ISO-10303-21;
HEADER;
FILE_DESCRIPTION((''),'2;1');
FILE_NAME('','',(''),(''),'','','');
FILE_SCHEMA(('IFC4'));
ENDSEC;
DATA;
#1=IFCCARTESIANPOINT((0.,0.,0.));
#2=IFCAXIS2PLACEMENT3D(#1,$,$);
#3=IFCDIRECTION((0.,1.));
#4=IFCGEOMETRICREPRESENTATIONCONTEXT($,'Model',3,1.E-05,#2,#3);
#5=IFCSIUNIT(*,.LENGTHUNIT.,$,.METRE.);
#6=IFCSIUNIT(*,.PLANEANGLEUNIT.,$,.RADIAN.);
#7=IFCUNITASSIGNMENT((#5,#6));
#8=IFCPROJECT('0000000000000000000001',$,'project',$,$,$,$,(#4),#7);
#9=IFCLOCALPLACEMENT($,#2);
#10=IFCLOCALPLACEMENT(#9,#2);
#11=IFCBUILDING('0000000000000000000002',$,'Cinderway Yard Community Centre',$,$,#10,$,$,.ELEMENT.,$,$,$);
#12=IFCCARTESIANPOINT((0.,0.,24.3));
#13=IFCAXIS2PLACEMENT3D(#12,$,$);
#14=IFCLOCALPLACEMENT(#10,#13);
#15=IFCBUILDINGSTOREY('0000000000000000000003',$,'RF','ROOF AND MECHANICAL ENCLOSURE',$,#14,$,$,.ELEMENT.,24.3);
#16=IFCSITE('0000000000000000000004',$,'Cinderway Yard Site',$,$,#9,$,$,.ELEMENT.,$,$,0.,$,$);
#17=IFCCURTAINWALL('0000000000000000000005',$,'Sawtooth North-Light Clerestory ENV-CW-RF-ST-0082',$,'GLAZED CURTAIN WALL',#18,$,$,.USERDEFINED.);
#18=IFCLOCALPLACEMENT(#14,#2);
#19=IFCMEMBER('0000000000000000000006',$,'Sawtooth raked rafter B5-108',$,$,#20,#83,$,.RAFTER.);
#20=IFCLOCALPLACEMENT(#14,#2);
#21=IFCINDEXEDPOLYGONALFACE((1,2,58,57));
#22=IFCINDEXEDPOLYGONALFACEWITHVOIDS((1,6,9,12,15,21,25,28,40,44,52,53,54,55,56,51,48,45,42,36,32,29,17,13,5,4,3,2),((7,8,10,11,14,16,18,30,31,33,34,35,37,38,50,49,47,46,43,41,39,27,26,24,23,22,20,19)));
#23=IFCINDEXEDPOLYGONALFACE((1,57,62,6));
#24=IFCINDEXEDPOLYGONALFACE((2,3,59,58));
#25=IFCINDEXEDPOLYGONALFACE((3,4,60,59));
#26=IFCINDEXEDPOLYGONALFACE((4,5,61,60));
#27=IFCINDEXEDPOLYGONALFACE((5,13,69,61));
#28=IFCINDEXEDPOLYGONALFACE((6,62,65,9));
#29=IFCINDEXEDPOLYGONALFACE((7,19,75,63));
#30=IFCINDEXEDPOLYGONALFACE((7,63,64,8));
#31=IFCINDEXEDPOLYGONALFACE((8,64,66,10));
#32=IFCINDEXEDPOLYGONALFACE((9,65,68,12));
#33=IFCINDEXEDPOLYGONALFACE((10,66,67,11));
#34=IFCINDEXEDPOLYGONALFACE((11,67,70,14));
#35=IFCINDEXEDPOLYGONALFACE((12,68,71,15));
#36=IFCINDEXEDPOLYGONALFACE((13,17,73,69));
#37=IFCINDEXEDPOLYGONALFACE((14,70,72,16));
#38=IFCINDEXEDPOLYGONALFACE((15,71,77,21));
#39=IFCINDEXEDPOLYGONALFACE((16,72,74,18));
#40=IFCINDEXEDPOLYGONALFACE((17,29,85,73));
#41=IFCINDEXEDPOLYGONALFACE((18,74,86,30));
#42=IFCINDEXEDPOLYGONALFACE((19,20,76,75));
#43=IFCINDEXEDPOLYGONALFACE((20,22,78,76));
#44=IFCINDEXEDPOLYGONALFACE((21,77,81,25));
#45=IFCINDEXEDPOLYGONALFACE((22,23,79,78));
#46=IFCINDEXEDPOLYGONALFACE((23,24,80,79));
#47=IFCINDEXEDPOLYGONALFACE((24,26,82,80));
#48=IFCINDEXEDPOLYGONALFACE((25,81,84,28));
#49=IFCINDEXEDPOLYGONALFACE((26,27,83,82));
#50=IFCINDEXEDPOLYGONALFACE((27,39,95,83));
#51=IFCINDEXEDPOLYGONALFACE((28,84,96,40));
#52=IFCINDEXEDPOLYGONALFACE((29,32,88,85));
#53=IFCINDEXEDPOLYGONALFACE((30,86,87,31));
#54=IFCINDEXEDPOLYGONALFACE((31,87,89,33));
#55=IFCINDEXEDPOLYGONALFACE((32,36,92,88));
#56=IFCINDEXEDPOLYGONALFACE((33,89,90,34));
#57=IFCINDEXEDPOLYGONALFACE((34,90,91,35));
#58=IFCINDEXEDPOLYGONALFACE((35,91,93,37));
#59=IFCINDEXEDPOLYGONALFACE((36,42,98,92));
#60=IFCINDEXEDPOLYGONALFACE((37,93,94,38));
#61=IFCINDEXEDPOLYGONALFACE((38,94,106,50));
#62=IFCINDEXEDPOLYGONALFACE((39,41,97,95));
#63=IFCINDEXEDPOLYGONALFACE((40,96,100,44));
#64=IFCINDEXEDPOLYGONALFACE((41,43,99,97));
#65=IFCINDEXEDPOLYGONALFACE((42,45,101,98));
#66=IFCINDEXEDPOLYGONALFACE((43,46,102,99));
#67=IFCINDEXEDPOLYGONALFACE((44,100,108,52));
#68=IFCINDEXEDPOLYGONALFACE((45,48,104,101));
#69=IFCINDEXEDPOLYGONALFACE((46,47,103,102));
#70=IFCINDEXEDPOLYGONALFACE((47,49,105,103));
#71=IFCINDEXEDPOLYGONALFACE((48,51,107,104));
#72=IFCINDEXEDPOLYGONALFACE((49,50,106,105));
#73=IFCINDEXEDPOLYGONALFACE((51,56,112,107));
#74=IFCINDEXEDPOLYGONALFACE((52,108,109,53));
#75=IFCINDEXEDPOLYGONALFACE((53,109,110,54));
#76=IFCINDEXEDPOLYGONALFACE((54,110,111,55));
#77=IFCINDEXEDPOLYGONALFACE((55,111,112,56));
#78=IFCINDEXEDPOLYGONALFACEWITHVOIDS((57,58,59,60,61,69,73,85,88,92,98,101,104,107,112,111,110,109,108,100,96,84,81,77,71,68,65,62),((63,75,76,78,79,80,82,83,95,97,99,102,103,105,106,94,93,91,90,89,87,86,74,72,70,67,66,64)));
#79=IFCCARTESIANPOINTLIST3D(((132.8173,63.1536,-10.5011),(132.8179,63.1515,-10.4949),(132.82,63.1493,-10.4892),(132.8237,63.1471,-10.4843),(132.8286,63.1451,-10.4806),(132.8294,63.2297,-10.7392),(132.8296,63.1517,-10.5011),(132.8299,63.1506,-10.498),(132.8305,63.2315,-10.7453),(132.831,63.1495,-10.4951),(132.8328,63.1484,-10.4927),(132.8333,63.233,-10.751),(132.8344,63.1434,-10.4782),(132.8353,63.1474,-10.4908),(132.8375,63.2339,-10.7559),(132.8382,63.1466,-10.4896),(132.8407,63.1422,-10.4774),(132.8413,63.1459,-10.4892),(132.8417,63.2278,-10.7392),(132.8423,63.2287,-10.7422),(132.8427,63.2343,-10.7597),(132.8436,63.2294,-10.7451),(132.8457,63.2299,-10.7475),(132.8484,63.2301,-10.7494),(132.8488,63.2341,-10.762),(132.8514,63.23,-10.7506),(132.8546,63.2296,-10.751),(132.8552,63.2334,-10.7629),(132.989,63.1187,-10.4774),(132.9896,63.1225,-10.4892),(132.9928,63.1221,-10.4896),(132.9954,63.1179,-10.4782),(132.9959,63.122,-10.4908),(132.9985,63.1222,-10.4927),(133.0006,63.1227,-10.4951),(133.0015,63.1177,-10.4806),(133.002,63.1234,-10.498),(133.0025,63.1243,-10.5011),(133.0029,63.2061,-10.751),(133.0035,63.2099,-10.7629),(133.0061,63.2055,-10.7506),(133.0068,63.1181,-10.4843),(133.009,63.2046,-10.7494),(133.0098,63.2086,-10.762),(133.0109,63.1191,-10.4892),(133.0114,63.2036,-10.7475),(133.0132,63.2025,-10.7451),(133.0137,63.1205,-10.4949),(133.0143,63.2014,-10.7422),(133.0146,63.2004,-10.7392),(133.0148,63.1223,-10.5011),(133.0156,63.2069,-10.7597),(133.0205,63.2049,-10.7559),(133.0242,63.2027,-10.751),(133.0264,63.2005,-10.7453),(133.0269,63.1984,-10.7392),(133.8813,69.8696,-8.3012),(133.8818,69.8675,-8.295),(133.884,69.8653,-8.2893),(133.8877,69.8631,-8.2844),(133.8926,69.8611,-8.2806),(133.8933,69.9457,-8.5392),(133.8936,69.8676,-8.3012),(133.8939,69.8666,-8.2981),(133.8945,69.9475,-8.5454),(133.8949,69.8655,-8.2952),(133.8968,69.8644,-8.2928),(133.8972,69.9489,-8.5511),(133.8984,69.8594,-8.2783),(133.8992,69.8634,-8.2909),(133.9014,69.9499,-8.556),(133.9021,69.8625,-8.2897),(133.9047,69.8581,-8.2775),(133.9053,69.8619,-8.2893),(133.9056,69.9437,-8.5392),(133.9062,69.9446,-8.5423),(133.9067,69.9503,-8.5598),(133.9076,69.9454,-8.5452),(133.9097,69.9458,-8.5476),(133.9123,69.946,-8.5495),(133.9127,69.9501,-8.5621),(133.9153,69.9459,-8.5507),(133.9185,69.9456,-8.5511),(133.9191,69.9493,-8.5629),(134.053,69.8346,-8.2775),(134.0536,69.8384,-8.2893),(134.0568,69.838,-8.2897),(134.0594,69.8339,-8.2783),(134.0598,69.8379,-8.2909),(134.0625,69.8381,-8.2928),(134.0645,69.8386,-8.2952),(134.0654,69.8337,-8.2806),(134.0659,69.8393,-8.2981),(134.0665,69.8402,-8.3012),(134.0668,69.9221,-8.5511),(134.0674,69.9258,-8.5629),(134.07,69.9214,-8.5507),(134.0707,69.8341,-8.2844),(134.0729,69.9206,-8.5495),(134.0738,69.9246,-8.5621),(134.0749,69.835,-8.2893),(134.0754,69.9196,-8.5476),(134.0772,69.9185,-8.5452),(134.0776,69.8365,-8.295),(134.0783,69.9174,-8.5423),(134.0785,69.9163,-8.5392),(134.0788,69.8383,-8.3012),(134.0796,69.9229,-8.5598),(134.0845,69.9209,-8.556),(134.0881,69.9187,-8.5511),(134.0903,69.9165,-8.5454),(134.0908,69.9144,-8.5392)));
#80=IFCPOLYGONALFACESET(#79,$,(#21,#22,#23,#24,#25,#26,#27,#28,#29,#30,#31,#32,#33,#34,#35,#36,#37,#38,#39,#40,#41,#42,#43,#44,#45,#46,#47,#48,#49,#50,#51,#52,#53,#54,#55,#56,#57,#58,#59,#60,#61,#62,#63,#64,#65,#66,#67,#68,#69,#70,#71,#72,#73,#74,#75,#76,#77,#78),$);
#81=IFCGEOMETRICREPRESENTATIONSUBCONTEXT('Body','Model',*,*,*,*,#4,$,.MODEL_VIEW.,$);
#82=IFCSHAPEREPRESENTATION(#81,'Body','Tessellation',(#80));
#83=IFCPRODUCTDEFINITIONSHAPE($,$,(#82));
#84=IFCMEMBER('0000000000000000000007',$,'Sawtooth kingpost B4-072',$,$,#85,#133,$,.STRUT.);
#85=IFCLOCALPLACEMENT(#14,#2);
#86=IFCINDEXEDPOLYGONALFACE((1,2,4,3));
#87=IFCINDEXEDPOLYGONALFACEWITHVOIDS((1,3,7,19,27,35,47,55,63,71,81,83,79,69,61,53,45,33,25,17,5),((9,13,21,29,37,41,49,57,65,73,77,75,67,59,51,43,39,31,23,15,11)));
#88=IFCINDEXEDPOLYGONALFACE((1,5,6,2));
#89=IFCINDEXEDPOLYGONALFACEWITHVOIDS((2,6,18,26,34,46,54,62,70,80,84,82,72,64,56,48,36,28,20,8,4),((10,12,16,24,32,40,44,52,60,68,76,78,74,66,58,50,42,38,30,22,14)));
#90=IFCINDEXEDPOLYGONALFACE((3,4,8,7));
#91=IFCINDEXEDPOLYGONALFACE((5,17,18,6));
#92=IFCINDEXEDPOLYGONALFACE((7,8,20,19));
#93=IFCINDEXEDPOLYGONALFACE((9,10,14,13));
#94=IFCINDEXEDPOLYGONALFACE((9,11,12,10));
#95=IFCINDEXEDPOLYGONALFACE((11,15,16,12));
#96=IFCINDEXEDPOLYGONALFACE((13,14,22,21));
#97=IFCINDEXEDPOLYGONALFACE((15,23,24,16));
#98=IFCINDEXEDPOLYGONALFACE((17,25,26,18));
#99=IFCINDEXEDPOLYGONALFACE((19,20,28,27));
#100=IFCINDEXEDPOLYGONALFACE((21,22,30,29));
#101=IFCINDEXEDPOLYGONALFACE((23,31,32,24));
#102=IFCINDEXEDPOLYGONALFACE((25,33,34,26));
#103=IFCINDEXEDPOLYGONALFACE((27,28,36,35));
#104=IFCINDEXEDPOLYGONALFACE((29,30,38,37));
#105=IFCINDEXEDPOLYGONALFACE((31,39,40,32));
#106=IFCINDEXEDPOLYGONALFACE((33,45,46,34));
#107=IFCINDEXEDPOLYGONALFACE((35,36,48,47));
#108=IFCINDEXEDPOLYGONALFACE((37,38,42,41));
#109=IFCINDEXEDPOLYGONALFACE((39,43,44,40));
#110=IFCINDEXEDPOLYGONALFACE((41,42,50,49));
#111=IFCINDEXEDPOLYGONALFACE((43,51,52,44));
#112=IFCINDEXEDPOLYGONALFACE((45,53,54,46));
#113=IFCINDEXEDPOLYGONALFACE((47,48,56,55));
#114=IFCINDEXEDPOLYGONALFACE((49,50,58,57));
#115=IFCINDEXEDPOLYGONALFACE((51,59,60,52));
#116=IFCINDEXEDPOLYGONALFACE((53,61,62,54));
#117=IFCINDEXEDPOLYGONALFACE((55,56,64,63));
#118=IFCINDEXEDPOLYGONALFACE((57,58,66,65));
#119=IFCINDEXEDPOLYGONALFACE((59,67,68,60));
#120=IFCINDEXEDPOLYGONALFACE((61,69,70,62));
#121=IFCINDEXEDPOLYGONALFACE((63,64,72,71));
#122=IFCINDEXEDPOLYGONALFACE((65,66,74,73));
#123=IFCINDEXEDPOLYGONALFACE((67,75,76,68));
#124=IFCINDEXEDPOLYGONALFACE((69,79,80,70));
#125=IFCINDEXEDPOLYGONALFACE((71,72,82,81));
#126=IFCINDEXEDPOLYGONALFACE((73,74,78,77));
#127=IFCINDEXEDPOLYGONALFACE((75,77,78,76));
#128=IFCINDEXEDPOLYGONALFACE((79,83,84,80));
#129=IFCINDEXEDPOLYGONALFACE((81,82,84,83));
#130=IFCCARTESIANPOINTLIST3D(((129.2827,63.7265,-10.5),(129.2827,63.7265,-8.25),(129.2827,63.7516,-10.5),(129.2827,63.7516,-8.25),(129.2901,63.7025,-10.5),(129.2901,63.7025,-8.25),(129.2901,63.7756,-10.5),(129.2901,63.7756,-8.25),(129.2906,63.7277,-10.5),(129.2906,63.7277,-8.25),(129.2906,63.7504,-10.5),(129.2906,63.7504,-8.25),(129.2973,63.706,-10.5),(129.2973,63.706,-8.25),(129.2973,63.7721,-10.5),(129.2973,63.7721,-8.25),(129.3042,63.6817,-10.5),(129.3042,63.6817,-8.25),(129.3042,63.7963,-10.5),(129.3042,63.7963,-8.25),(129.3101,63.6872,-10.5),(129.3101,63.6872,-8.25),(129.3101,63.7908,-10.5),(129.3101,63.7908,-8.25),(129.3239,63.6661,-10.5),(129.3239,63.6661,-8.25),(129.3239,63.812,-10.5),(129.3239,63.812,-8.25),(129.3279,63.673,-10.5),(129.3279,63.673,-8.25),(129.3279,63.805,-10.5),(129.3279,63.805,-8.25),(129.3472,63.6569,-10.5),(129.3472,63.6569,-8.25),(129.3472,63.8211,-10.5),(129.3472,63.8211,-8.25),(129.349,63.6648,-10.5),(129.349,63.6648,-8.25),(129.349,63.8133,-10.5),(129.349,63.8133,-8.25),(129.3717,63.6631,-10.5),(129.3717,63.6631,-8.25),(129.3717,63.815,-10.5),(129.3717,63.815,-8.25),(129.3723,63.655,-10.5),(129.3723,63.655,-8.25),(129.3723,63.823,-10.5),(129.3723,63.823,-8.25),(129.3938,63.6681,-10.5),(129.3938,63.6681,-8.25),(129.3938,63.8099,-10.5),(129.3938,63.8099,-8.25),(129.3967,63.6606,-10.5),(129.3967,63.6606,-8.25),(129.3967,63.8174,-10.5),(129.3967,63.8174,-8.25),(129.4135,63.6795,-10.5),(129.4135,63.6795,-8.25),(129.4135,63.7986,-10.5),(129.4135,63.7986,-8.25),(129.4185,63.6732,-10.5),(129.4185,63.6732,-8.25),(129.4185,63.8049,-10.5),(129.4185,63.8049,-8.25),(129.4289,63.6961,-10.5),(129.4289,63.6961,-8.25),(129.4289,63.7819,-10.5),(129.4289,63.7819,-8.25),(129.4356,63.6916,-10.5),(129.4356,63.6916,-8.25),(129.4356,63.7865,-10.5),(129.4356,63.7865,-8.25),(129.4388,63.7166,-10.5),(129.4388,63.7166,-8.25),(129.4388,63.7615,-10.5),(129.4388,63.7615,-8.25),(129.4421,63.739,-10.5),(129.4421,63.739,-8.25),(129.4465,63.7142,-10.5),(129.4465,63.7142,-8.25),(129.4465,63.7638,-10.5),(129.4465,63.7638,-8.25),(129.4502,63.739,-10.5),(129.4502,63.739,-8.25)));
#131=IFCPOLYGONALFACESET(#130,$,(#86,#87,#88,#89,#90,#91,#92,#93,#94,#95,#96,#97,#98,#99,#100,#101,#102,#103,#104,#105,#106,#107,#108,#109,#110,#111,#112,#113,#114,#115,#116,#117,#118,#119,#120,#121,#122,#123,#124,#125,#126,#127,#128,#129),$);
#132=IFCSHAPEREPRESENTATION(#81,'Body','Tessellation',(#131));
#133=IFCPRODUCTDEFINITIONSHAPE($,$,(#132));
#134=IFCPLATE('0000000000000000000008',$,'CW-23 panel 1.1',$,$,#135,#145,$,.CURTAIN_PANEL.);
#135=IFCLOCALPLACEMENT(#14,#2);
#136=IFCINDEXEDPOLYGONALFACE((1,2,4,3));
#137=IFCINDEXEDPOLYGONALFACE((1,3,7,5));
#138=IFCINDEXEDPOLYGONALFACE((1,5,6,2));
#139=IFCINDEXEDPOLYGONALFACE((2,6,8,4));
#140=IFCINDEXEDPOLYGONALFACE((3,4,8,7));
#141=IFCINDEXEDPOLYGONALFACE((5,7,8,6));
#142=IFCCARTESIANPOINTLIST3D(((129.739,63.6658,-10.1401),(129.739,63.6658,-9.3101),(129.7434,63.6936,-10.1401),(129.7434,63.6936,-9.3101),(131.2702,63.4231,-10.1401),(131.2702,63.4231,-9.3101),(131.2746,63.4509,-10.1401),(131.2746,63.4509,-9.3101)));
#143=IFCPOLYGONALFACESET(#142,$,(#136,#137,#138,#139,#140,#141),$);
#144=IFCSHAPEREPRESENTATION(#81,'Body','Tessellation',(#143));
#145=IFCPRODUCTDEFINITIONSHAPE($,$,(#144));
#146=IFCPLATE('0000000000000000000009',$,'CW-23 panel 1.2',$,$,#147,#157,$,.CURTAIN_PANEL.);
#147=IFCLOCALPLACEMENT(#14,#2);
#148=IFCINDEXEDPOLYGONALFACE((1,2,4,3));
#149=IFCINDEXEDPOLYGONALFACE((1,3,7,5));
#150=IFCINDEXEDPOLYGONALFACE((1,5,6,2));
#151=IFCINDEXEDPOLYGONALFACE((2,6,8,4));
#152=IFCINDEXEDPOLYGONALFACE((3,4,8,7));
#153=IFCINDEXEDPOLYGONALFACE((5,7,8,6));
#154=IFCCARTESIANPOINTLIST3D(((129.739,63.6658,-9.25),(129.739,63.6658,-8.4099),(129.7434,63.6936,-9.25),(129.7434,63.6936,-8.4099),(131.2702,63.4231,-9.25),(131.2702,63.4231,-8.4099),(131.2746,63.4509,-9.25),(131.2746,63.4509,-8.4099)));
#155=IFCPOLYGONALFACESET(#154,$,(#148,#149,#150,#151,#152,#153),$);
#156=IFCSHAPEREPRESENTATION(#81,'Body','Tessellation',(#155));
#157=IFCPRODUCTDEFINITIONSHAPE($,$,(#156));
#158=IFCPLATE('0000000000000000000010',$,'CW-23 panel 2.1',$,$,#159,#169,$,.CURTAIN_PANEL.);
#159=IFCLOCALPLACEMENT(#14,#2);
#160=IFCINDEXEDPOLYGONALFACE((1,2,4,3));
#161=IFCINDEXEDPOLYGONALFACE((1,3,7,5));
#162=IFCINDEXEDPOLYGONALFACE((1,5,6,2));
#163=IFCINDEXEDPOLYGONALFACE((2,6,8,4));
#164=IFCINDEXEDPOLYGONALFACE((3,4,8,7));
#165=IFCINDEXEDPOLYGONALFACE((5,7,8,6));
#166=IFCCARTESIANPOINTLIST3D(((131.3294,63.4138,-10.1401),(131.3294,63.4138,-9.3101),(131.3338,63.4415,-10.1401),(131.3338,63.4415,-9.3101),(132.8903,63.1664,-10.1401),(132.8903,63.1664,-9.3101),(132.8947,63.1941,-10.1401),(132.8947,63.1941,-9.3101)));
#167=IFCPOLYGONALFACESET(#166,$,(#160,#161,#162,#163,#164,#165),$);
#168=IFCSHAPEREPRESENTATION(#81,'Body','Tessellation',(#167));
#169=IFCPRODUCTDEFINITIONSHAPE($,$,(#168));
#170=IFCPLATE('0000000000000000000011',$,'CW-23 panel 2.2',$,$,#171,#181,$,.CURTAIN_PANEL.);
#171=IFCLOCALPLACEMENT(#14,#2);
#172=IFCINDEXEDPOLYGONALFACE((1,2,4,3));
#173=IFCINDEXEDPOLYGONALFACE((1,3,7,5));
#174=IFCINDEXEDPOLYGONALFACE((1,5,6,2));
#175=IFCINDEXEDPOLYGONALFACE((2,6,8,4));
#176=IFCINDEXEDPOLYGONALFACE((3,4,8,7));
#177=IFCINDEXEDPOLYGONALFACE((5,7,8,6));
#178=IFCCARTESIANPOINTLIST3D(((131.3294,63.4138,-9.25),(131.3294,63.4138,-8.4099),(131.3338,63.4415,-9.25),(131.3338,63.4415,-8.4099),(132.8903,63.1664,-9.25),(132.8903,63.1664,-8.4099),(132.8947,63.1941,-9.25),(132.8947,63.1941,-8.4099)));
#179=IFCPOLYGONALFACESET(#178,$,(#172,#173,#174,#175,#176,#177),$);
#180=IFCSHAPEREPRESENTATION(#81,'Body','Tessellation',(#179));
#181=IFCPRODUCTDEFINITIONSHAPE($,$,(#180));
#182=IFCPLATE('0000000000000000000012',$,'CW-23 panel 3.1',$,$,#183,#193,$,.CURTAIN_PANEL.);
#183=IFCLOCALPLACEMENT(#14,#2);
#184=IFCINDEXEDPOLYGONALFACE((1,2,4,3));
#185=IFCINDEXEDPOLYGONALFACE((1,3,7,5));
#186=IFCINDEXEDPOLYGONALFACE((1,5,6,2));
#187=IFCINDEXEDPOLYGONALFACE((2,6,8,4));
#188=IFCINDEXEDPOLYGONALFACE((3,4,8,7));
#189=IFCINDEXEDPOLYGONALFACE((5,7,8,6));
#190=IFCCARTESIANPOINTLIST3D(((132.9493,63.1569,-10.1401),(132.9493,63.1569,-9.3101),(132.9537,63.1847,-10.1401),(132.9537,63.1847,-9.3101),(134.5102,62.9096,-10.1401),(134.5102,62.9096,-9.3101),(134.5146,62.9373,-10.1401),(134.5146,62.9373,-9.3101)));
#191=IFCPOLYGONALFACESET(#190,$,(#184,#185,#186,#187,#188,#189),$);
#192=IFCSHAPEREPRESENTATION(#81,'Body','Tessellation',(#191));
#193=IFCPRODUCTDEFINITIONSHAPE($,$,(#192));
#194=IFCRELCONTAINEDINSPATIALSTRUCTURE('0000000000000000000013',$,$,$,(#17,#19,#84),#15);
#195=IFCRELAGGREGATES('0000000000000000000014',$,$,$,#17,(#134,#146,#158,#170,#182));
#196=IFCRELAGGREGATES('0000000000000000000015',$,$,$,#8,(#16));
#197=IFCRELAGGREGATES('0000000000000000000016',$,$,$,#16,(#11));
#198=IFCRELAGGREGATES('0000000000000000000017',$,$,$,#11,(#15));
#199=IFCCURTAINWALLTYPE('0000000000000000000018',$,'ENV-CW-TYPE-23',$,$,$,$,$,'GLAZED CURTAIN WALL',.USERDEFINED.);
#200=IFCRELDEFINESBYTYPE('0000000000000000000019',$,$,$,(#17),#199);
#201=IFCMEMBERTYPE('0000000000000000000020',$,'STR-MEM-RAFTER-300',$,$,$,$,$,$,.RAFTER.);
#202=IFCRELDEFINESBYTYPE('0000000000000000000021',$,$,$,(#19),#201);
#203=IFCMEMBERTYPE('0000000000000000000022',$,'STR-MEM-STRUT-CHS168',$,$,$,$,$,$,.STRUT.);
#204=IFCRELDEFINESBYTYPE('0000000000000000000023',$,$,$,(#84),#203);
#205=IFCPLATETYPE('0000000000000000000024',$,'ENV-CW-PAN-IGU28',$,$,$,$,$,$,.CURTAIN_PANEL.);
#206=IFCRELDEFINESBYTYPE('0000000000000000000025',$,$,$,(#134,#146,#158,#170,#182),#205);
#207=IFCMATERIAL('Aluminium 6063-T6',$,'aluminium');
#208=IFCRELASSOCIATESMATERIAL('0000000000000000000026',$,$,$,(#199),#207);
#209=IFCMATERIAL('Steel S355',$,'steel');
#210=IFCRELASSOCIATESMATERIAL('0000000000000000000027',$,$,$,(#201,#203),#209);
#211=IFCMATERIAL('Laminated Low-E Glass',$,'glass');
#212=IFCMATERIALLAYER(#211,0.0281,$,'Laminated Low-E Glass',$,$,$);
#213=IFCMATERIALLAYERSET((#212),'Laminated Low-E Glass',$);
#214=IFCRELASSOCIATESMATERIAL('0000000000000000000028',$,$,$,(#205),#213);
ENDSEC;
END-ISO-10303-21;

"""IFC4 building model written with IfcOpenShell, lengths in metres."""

from ifc_helpers import new_model, si_unit, direction, frame, origin, origin_2d, place, context, subcontext, project, spatial, rectangle, hollow_rectangle, hollow_circle, extrude, material, layer, layer_set, material_profile, profile_set, type_object, element, aggregate, save


model = new_model("IFC4")

# Units and contexts
model_context = context("Model", 3, precision=1e-05, world=origin(), true_north=direction((0.0, 1.0)))
body_context = subcontext(model_context, "Body", "Model", "MODEL_VIEW")
ifc_project = project(units=[si_unit("LENGTHUNIT", "METRE"), si_unit("PLANEANGLEUNIT", "RADIAN")], contexts=[model_context])

# Site, building, storey
site_placement = place(None, origin())
site = spatial("IfcSite", under=ifc_project, at=site_placement, Name="Cinderway Yard Site", CompositionType="ELEMENT", RefElevation=0.0)
building_placement = place(site_placement, origin())
building = spatial("IfcBuilding", under=site, at=building_placement, Name="Cinderway Yard Community Centre", CompositionType="ELEMENT")
storey_placement = place(building_placement, frame((0.0, 0.0, 24.3)))
storey = spatial("IfcBuildingStorey", under=building, at=storey_placement, Name="RF", Description="ROOF AND MECHANICAL ENCLOSURE", CompositionType="ELEMENT", Elevation=24.3)

# Shared definitions
ifc_material_1 = material(Name="Aluminium 6063-T6", Category="aluminium")
curtain_wall_type = type_object("IfcCurtainWallType", Name="ENV-CW-TYPE-23", ElementType="GLAZED CURTAIN WALL", PredefinedType="USERDEFINED", material=ifc_material_1)

# Curtain wall
curtain_wall_1_placement = place(storey_placement, origin())
curtain_wall_1 = element("IfcCurtainWall", 1, at=curtain_wall_1_placement, inside=storey, type_object=curtain_wall_type, Name="Sawtooth North-Light Clerestory ENV-CW-RF-ST-0082", ObjectType="GLAZED CURTAIN WALL", PredefinedType="USERDEFINED")

# Members
ifc_material_2 = material(Name="Steel S355", Category="steel")
ifc_material_profile_1 = material_profile(ifc_material_2, hollow_rectangle(XDim=0.2, YDim=0.3, WallThickness=0.0125, InnerFilletRadius=0.0125, OuterFilletRadius=0.0249, at=origin_2d()), Name="Steel S355")
ifc_profile_set_1 = profile_set([ifc_material_profile_1], Name="Steel S355")
member_type_1 = type_object("IfcMemberType", Name="STR-MEM-RAFTER-300", PredefinedType="RAFTER", material=ifc_profile_set_1)
member_1_placement = place(storey_placement, frame((132.9221, 63.176, -10.6201), z_axis=(0.148872, 0.939725, 0.307822), x_axis=(-0.987683, 0.15647, 0.0)))
element("IfcMember", 2, at=member_1_placement, inside=storey, type_object=member_type_1, Name="Sawtooth raked rafter B5-108", PredefinedType="RAFTER", context=body_context, shape_type="SweptSolid", body=[
    extrude(hollow_rectangle(XDim=0.2, YDim=0.3, WallThickness=0.0125, InnerFilletRadius=0.0125, OuterFilletRadius=0.0249, at=origin_2d()), origin(), (0.0, 0.0, 1.0), 7.1467),
])
ifc_material_profile_2 = material_profile(ifc_material_2, hollow_circle(Radius=0.0842, WallThickness=0.0081, at=origin_2d()), Name="Steel S355")
ifc_profile_set_2 = profile_set([ifc_material_profile_2], Name="Steel S355")
member_type_2 = type_object("IfcMemberType", Name="STR-MEM-STRUT-CHS168", PredefinedType="STRUT", material=ifc_profile_set_2)
member_2_placement = place(storey_placement, frame((129.366, 63.739, -10.5), z_axis=(0.0, 0.0, 1.0), x_axis=(1.0, 0.0, 0.0)))
element("IfcMember", 3, at=member_2_placement, inside=storey, type_object=member_type_2, Name="Sawtooth kingpost B4-072", PredefinedType="STRUT", context=body_context, shape_type="SweptSolid", body=[
    extrude(hollow_circle(Radius=0.0842, WallThickness=0.0081, at=origin_2d()), origin(), (0.0, 0.0, 1.0), 2.25),
])

# Plates
ifc_material_3 = material(Name="Laminated Low-E Glass", Category="glass")
ifc_layer_1 = layer(ifc_material_3, 0.0281, Name="Laminated Low-E Glass")
ifc_layer_set_1 = layer_set([ifc_layer_1], Name="Laminated Low-E Glass")
plate_type_1 = type_object("IfcPlateType", Name="ENV-CW-PAN-IGU28", PredefinedType="CURTAIN_PANEL", material=ifc_layer_set_1)
plate_1_placement = place(storey_placement, frame((130.5068, 63.5583, -10.1401), z_axis=(0.0, 0.0, 1.0), x_axis=(0.987673, -0.156534, 0.0)))
plate_1 = element("IfcPlate", 4, at=plate_1_placement, type_object=plate_type_1, Name="CW-23 panel 1.1", PredefinedType="CURTAIN_PANEL", context=body_context, shape_type="SweptSolid", body=[
    extrude(rectangle(XDim=1.5503, YDim=0.0281, at=origin_2d()), origin(), (0.0, 0.0, 1.0), 0.8301),
])
plate_2_placement = place(storey_placement, frame((130.5068, 63.5583, -9.25), z_axis=(0.0, 0.0, 1.0), x_axis=(0.987673, -0.156534, 0.0)))
plate_2 = element("IfcPlate", 5, at=plate_2_placement, type_object=plate_type_1, Name="CW-23 panel 1.2", PredefinedType="CURTAIN_PANEL", context=body_context, shape_type="SweptSolid", body=[
    extrude(rectangle(XDim=1.5503, YDim=0.0281, at=origin_2d()), origin(), (0.0, 0.0, 1.0), 0.8401),
])
plate_3_placement = place(storey_placement, frame((132.1121, 63.304, -10.1401), z_axis=(0.0, 0.0, 1.0), x_axis=(0.987673, -0.156534, 0.0)))
plate_3 = element("IfcPlate", 6, at=plate_3_placement, type_object=plate_type_1, Name="CW-23 panel 2.1", PredefinedType="CURTAIN_PANEL", context=body_context, shape_type="SweptSolid", body=[
    extrude(rectangle(XDim=1.5803, YDim=0.0281, at=origin_2d()), origin(), (0.0, 0.0, 1.0), 0.8301),
])
plate_4_placement = place(storey_placement, frame((132.1121, 63.304, -9.25), z_axis=(0.0, 0.0, 1.0), x_axis=(0.987673, -0.156534, 0.0)))
plate_4 = element("IfcPlate", 7, at=plate_4_placement, type_object=plate_type_1, Name="CW-23 panel 2.2", PredefinedType="CURTAIN_PANEL", context=body_context, shape_type="SweptSolid", body=[
    extrude(rectangle(XDim=1.5803, YDim=0.0281, at=origin_2d()), origin(), (0.0, 0.0, 1.0), 0.8401),
])
plate_5_placement = place(storey_placement, frame((133.7319, 63.0471, -10.1401), z_axis=(0.0, 0.0, 1.0), x_axis=(0.987673, -0.156534, 0.0)))
plate_5 = element("IfcPlate", 8, at=plate_5_placement, type_object=plate_type_1, Name="CW-23 panel 3.1", PredefinedType="CURTAIN_PANEL", context=body_context, shape_type="SweptSolid", body=[
    extrude(rectangle(XDim=1.5803, YDim=0.0281, at=origin_2d()), origin(), (0.0, 0.0, 1.0), 0.8301),
])
aggregate(curtain_wall_1, [plate_1, plate_2, plate_3, plate_4, plate_5])

save(model, "model.ifc")
